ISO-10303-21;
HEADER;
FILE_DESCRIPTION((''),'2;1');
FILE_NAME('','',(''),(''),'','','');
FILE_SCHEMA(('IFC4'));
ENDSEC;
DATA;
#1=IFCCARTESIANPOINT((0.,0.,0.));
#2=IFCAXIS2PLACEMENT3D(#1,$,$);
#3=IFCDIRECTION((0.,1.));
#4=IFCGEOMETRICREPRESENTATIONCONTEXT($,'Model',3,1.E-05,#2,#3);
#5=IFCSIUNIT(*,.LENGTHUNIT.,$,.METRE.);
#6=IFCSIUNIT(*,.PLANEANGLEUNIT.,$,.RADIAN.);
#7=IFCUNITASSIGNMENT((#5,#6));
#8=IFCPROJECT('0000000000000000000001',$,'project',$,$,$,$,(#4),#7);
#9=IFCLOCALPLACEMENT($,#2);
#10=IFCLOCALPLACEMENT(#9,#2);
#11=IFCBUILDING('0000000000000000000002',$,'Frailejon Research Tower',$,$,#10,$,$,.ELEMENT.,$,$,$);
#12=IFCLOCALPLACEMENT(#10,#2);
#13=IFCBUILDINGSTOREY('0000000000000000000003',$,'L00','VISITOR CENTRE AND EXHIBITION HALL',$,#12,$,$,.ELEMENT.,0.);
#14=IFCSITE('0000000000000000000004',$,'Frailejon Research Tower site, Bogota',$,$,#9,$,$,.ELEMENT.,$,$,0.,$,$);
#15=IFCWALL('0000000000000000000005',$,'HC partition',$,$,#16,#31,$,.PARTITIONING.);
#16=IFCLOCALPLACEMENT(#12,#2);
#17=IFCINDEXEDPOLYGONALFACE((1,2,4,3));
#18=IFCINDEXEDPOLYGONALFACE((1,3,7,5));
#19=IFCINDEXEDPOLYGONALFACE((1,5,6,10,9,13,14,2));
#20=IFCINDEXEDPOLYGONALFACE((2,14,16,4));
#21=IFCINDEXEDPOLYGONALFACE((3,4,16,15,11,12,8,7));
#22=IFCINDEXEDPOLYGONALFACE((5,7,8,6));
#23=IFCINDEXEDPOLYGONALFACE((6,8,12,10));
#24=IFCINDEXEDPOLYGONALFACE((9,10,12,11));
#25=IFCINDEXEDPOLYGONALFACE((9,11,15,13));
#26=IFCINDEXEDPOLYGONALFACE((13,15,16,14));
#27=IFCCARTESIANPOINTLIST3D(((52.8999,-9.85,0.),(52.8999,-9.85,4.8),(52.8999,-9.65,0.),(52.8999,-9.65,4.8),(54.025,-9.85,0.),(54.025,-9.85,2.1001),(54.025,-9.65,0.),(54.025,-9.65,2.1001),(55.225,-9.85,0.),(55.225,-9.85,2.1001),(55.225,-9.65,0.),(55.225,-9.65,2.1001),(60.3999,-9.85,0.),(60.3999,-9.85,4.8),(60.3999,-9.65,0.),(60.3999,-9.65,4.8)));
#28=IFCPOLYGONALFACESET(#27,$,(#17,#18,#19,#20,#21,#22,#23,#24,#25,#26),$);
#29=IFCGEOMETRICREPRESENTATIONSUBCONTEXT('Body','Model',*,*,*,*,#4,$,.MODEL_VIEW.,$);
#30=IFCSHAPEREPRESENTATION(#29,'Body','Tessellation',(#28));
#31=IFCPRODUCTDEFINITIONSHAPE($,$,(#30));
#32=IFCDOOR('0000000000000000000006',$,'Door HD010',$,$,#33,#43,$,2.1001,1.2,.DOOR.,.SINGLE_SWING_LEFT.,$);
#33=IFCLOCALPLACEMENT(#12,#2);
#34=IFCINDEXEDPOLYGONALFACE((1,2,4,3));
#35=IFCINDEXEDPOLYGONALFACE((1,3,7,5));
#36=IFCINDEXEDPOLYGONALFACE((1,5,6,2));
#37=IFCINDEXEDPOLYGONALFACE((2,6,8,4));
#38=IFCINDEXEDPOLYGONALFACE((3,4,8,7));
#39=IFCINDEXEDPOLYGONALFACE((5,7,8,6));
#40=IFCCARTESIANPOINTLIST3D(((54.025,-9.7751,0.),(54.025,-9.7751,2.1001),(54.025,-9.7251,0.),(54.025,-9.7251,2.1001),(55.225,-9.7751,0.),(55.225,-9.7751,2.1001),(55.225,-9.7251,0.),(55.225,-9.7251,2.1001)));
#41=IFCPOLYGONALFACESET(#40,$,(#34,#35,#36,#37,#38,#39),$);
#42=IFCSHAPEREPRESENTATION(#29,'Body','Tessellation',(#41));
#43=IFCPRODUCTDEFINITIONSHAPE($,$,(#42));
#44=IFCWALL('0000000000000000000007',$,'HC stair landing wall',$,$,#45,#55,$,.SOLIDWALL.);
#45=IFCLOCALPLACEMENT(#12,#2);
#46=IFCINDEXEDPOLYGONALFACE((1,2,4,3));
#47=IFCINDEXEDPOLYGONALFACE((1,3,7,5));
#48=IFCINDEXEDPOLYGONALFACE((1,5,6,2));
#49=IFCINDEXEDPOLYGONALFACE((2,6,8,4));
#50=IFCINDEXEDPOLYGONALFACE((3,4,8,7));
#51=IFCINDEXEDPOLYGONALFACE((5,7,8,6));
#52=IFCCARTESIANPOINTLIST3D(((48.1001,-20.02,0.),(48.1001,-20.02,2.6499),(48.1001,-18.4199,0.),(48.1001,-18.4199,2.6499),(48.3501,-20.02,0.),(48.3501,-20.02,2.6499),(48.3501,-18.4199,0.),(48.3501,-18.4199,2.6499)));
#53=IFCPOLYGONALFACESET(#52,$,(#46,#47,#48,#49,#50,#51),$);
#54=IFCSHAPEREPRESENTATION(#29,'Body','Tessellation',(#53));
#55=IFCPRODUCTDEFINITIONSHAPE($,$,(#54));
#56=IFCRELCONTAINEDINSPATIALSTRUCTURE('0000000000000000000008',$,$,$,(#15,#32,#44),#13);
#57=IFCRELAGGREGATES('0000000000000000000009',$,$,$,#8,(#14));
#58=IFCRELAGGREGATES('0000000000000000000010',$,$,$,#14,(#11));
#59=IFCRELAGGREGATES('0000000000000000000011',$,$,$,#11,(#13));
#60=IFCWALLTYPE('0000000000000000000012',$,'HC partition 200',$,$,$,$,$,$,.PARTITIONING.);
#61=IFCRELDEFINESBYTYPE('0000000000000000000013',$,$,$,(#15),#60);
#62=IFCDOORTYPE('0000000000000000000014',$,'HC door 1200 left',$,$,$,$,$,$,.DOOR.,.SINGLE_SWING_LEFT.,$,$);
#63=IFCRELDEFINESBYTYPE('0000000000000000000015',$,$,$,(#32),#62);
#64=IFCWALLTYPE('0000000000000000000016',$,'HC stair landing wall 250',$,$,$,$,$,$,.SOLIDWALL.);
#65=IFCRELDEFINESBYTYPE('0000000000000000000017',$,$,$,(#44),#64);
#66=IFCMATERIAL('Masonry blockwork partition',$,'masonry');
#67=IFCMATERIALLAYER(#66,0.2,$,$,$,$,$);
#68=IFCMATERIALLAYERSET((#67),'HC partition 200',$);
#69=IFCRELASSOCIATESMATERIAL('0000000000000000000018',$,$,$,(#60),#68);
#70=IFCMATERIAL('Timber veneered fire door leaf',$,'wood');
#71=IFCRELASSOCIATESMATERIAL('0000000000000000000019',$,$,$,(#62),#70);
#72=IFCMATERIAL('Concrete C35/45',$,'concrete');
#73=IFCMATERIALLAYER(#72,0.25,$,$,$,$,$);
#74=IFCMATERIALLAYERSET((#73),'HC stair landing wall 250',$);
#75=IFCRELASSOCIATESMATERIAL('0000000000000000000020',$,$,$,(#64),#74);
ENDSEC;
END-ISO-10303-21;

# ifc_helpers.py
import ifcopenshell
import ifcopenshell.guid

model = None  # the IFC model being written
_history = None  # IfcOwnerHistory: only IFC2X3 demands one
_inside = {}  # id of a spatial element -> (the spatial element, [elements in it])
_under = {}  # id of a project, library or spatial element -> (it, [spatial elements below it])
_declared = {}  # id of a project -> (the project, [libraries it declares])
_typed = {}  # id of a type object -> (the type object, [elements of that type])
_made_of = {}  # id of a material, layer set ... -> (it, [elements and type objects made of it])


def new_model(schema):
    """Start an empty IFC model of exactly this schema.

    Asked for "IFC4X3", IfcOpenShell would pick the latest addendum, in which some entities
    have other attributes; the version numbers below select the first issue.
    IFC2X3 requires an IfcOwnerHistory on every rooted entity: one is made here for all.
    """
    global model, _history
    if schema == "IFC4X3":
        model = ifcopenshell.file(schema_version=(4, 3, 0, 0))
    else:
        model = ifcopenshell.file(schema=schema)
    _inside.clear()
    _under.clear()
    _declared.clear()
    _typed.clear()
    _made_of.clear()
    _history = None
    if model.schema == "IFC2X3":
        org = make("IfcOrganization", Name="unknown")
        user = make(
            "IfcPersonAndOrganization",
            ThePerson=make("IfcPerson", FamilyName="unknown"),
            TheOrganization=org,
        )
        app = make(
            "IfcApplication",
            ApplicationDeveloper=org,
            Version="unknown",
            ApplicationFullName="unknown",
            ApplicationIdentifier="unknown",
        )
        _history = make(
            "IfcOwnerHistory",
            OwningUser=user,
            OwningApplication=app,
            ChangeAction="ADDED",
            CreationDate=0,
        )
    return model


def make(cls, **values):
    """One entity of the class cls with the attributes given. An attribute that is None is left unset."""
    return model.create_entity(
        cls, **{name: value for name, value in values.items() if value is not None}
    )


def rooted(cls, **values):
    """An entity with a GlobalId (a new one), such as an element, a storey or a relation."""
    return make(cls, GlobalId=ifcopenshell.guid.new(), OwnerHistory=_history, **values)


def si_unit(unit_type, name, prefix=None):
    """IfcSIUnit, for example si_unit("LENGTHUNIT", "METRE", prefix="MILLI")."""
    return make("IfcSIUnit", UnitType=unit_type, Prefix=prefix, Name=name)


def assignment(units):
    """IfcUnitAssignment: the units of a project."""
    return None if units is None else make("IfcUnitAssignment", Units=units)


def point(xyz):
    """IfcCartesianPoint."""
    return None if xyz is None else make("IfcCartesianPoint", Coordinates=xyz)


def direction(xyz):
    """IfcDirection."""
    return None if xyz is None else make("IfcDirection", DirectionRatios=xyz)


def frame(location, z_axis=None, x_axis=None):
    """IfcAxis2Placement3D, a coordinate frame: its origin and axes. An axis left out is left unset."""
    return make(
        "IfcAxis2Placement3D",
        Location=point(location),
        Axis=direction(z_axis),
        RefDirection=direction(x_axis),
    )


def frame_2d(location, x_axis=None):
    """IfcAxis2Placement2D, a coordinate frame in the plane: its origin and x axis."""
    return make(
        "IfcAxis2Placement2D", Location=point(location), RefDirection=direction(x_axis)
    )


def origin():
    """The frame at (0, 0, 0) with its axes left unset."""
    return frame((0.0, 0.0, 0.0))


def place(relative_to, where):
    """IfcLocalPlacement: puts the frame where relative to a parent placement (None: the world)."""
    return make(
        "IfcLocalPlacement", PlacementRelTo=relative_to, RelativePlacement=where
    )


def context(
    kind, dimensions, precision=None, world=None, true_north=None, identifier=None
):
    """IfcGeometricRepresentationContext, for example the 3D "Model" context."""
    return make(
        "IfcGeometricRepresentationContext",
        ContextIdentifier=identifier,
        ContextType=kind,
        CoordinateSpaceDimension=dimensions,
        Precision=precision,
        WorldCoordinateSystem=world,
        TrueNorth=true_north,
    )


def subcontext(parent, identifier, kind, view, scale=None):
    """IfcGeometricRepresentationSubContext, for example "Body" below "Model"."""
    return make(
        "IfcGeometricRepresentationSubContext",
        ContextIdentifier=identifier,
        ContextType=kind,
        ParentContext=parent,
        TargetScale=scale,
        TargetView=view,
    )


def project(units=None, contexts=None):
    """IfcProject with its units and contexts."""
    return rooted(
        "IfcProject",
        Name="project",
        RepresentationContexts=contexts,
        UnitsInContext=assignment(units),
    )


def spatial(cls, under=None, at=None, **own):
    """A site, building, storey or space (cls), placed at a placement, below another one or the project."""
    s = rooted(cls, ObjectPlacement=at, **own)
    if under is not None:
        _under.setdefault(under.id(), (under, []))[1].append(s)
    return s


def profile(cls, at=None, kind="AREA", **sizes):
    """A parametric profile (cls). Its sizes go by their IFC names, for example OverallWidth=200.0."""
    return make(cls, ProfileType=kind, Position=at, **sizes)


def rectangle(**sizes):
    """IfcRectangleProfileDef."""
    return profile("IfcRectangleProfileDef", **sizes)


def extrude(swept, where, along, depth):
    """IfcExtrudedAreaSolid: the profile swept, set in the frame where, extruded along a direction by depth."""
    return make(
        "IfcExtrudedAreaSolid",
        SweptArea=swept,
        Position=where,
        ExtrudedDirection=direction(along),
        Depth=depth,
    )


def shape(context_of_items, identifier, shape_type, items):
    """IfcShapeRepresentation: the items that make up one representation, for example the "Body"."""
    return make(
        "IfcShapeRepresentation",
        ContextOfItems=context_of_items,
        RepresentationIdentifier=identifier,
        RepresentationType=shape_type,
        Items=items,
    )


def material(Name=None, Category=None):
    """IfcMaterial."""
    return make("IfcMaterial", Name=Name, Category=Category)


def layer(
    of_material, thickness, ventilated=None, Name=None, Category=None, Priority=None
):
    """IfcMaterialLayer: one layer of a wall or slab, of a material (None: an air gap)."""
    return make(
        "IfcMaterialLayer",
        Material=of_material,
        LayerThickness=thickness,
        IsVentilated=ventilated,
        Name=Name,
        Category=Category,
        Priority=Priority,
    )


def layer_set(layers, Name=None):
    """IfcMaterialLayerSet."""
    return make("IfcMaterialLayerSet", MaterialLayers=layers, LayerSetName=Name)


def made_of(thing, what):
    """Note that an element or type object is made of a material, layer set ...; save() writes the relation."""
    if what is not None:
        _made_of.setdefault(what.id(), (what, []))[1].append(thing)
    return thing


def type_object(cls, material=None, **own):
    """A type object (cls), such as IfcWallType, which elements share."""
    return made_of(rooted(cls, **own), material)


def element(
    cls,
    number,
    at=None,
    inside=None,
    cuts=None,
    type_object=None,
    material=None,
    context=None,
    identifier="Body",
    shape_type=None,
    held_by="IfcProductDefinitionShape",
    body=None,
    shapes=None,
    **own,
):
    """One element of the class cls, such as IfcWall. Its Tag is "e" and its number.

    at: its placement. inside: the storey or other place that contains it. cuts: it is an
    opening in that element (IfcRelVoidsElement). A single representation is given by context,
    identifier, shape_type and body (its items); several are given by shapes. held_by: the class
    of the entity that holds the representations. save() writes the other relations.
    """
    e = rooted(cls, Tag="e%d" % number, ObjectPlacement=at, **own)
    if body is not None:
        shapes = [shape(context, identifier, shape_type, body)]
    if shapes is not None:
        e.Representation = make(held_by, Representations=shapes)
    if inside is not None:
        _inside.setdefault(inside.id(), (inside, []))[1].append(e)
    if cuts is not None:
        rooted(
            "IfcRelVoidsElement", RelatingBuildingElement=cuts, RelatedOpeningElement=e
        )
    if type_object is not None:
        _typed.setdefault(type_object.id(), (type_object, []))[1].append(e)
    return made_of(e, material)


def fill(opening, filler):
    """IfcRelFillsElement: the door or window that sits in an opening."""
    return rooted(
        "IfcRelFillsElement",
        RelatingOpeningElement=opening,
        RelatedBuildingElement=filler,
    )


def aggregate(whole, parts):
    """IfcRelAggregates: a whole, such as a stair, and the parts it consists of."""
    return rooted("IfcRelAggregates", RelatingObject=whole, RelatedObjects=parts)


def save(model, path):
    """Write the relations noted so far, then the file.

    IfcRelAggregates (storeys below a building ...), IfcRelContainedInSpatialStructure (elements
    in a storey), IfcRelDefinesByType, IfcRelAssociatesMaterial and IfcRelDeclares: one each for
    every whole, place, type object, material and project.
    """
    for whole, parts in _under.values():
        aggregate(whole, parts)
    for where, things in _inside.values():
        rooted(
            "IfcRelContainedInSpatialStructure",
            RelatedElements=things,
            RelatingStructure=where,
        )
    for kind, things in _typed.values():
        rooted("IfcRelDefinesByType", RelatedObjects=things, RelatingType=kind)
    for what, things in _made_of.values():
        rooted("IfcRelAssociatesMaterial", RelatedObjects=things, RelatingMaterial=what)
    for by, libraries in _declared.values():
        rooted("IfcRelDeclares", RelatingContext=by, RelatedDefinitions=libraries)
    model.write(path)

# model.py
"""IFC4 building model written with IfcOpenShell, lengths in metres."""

from ifc_helpers import new_model, si_unit, direction, frame, frame_2d, origin, place, context, subcontext, project, spatial, rectangle, extrude, material, layer, layer_set, type_object, element, fill, save


model = new_model("IFC4")

# Units and contexts
model_context = context("Model", 3, precision=1e-05, world=origin(), true_north=direction((0.0, 1.0)))
body_context = subcontext(model_context, "Body", "Model", "MODEL_VIEW")
ifc_project = project(units=[si_unit("LENGTHUNIT", "METRE"), si_unit("PLANEANGLEUNIT", "RADIAN")], contexts=[model_context])

# Site, building, storey
site_placement = place(None, origin())
site = spatial("IfcSite", under=ifc_project, at=site_placement, Name="Frailejon Research Tower site, Bogota", CompositionType="ELEMENT", RefElevation=0.0)
building_placement = place(site_placement, origin())
building = spatial("IfcBuilding", under=site, at=building_placement, Name="Frailejon Research Tower", CompositionType="ELEMENT")
storey_placement = place(building_placement, origin())
storey = spatial("IfcBuildingStorey", under=building, at=storey_placement, Name="L00", Description="VISITOR CENTRE AND EXHIBITION HALL", CompositionType="ELEMENT", Elevation=0.0)

# Shared definitions
ifc_material_1 = material(Name="Masonry blockwork partition", Category="masonry")
ifc_layer_1 = layer(ifc_material_1, 0.2)
ifc_layer_set_1 = layer_set([ifc_layer_1], Name="HC partition 200")
wall_type_1 = type_object("IfcWallType", Name="HC partition 200", PredefinedType="PARTITIONING", material=ifc_layer_set_1)

# Wall, opening, door
wall_1_placement = place(storey_placement, frame((52.8999, -9.75, 0.0), z_axis=(0.0, 0.0, 1.0), x_axis=(1.0, 0.0, 0.0)))
wall_1 = element("IfcWall", 1, at=wall_1_placement, inside=storey, type_object=wall_type_1, Name="HC partition", PredefinedType="PARTITIONING", context=body_context, shape_type="SweptSolid", body=[
    extrude(rectangle(XDim=7.5, YDim=0.2, at=frame_2d((3.75, 0.0))), origin(), (0.0, 0.0, 1.0), 4.8),
])
opening_1_placement = place(wall_1_placement, frame((1.125, 0.0, 0.0)))
opening_1 = element("IfcOpeningElement", 2, at=opening_1_placement, cuts=wall_1, PredefinedType="OPENING", context=body_context, shape_type="SweptSolid", body=[
    extrude(rectangle(XDim=1.2, YDim=2.1001, at=frame_2d((0.6001, 1.05))), frame((0.0, 0.1099, 0.0), z_axis=(0.0, -1.0, 0.0), x_axis=(1.0, 0.0, 0.0)), (0.0, 0.0, 1.0), 0.22),
])
ifc_material_2 = material(Name="Timber veneered fire door leaf", Category="wood")
door_type = type_object("IfcDoorType", Name="HC door 1200 left", OperationType="SINGLE_SWING_LEFT", PredefinedType="DOOR", material=ifc_material_2)
door_placement = place(opening_1_placement, origin())
door = element("IfcDoor", 3, at=door_placement, inside=storey, type_object=door_type, Name="Door HD010", OperationType="SINGLE_SWING_LEFT", OverallHeight=2.1001, OverallWidth=1.2, PredefinedType="DOOR", context=body_context, shape_type="SweptSolid", body=[
    extrude(rectangle(XDim=1.2, YDim=2.1001, at=frame_2d((0.6001, 1.05))), frame((0.0, 0.0249, 0.0), z_axis=(0.0, -1.0, 0.0), x_axis=(1.0, 0.0, 0.0)), (0.0, 0.0, 1.0), 0.05),
])
fill(opening_1, door)

# Wall
ifc_material_3 = material(Name="Concrete C35/45", Category="concrete")
ifc_layer_2 = layer(ifc_material_3, 0.25)
ifc_layer_set_2 = layer_set([ifc_layer_2], Name="HC stair landing wall 250")
wall_type_2 = type_object("IfcWallType", Name="HC stair landing wall 250", PredefinedType="SOLIDWALL", material=ifc_layer_set_2)
wall_2_placement = place(storey_placement, frame((48.2251, -20.02, 0.0), z_axis=(0.0, 0.0, 1.0), x_axis=(0.0, 1.0, 0.0)))
element("IfcWall", 4, at=wall_2_placement, inside=storey, type_object=wall_type_2, Name="HC stair landing wall", PredefinedType="SOLIDWALL", context=body_context, shape_type="SweptSolid", body=[
    extrude(rectangle(XDim=1.6001, YDim=0.25, at=frame_2d((0.8, 0.0))), origin(), (0.0, 0.0, 1.0), 2.6499),
])

save(model, "model.ifc")
